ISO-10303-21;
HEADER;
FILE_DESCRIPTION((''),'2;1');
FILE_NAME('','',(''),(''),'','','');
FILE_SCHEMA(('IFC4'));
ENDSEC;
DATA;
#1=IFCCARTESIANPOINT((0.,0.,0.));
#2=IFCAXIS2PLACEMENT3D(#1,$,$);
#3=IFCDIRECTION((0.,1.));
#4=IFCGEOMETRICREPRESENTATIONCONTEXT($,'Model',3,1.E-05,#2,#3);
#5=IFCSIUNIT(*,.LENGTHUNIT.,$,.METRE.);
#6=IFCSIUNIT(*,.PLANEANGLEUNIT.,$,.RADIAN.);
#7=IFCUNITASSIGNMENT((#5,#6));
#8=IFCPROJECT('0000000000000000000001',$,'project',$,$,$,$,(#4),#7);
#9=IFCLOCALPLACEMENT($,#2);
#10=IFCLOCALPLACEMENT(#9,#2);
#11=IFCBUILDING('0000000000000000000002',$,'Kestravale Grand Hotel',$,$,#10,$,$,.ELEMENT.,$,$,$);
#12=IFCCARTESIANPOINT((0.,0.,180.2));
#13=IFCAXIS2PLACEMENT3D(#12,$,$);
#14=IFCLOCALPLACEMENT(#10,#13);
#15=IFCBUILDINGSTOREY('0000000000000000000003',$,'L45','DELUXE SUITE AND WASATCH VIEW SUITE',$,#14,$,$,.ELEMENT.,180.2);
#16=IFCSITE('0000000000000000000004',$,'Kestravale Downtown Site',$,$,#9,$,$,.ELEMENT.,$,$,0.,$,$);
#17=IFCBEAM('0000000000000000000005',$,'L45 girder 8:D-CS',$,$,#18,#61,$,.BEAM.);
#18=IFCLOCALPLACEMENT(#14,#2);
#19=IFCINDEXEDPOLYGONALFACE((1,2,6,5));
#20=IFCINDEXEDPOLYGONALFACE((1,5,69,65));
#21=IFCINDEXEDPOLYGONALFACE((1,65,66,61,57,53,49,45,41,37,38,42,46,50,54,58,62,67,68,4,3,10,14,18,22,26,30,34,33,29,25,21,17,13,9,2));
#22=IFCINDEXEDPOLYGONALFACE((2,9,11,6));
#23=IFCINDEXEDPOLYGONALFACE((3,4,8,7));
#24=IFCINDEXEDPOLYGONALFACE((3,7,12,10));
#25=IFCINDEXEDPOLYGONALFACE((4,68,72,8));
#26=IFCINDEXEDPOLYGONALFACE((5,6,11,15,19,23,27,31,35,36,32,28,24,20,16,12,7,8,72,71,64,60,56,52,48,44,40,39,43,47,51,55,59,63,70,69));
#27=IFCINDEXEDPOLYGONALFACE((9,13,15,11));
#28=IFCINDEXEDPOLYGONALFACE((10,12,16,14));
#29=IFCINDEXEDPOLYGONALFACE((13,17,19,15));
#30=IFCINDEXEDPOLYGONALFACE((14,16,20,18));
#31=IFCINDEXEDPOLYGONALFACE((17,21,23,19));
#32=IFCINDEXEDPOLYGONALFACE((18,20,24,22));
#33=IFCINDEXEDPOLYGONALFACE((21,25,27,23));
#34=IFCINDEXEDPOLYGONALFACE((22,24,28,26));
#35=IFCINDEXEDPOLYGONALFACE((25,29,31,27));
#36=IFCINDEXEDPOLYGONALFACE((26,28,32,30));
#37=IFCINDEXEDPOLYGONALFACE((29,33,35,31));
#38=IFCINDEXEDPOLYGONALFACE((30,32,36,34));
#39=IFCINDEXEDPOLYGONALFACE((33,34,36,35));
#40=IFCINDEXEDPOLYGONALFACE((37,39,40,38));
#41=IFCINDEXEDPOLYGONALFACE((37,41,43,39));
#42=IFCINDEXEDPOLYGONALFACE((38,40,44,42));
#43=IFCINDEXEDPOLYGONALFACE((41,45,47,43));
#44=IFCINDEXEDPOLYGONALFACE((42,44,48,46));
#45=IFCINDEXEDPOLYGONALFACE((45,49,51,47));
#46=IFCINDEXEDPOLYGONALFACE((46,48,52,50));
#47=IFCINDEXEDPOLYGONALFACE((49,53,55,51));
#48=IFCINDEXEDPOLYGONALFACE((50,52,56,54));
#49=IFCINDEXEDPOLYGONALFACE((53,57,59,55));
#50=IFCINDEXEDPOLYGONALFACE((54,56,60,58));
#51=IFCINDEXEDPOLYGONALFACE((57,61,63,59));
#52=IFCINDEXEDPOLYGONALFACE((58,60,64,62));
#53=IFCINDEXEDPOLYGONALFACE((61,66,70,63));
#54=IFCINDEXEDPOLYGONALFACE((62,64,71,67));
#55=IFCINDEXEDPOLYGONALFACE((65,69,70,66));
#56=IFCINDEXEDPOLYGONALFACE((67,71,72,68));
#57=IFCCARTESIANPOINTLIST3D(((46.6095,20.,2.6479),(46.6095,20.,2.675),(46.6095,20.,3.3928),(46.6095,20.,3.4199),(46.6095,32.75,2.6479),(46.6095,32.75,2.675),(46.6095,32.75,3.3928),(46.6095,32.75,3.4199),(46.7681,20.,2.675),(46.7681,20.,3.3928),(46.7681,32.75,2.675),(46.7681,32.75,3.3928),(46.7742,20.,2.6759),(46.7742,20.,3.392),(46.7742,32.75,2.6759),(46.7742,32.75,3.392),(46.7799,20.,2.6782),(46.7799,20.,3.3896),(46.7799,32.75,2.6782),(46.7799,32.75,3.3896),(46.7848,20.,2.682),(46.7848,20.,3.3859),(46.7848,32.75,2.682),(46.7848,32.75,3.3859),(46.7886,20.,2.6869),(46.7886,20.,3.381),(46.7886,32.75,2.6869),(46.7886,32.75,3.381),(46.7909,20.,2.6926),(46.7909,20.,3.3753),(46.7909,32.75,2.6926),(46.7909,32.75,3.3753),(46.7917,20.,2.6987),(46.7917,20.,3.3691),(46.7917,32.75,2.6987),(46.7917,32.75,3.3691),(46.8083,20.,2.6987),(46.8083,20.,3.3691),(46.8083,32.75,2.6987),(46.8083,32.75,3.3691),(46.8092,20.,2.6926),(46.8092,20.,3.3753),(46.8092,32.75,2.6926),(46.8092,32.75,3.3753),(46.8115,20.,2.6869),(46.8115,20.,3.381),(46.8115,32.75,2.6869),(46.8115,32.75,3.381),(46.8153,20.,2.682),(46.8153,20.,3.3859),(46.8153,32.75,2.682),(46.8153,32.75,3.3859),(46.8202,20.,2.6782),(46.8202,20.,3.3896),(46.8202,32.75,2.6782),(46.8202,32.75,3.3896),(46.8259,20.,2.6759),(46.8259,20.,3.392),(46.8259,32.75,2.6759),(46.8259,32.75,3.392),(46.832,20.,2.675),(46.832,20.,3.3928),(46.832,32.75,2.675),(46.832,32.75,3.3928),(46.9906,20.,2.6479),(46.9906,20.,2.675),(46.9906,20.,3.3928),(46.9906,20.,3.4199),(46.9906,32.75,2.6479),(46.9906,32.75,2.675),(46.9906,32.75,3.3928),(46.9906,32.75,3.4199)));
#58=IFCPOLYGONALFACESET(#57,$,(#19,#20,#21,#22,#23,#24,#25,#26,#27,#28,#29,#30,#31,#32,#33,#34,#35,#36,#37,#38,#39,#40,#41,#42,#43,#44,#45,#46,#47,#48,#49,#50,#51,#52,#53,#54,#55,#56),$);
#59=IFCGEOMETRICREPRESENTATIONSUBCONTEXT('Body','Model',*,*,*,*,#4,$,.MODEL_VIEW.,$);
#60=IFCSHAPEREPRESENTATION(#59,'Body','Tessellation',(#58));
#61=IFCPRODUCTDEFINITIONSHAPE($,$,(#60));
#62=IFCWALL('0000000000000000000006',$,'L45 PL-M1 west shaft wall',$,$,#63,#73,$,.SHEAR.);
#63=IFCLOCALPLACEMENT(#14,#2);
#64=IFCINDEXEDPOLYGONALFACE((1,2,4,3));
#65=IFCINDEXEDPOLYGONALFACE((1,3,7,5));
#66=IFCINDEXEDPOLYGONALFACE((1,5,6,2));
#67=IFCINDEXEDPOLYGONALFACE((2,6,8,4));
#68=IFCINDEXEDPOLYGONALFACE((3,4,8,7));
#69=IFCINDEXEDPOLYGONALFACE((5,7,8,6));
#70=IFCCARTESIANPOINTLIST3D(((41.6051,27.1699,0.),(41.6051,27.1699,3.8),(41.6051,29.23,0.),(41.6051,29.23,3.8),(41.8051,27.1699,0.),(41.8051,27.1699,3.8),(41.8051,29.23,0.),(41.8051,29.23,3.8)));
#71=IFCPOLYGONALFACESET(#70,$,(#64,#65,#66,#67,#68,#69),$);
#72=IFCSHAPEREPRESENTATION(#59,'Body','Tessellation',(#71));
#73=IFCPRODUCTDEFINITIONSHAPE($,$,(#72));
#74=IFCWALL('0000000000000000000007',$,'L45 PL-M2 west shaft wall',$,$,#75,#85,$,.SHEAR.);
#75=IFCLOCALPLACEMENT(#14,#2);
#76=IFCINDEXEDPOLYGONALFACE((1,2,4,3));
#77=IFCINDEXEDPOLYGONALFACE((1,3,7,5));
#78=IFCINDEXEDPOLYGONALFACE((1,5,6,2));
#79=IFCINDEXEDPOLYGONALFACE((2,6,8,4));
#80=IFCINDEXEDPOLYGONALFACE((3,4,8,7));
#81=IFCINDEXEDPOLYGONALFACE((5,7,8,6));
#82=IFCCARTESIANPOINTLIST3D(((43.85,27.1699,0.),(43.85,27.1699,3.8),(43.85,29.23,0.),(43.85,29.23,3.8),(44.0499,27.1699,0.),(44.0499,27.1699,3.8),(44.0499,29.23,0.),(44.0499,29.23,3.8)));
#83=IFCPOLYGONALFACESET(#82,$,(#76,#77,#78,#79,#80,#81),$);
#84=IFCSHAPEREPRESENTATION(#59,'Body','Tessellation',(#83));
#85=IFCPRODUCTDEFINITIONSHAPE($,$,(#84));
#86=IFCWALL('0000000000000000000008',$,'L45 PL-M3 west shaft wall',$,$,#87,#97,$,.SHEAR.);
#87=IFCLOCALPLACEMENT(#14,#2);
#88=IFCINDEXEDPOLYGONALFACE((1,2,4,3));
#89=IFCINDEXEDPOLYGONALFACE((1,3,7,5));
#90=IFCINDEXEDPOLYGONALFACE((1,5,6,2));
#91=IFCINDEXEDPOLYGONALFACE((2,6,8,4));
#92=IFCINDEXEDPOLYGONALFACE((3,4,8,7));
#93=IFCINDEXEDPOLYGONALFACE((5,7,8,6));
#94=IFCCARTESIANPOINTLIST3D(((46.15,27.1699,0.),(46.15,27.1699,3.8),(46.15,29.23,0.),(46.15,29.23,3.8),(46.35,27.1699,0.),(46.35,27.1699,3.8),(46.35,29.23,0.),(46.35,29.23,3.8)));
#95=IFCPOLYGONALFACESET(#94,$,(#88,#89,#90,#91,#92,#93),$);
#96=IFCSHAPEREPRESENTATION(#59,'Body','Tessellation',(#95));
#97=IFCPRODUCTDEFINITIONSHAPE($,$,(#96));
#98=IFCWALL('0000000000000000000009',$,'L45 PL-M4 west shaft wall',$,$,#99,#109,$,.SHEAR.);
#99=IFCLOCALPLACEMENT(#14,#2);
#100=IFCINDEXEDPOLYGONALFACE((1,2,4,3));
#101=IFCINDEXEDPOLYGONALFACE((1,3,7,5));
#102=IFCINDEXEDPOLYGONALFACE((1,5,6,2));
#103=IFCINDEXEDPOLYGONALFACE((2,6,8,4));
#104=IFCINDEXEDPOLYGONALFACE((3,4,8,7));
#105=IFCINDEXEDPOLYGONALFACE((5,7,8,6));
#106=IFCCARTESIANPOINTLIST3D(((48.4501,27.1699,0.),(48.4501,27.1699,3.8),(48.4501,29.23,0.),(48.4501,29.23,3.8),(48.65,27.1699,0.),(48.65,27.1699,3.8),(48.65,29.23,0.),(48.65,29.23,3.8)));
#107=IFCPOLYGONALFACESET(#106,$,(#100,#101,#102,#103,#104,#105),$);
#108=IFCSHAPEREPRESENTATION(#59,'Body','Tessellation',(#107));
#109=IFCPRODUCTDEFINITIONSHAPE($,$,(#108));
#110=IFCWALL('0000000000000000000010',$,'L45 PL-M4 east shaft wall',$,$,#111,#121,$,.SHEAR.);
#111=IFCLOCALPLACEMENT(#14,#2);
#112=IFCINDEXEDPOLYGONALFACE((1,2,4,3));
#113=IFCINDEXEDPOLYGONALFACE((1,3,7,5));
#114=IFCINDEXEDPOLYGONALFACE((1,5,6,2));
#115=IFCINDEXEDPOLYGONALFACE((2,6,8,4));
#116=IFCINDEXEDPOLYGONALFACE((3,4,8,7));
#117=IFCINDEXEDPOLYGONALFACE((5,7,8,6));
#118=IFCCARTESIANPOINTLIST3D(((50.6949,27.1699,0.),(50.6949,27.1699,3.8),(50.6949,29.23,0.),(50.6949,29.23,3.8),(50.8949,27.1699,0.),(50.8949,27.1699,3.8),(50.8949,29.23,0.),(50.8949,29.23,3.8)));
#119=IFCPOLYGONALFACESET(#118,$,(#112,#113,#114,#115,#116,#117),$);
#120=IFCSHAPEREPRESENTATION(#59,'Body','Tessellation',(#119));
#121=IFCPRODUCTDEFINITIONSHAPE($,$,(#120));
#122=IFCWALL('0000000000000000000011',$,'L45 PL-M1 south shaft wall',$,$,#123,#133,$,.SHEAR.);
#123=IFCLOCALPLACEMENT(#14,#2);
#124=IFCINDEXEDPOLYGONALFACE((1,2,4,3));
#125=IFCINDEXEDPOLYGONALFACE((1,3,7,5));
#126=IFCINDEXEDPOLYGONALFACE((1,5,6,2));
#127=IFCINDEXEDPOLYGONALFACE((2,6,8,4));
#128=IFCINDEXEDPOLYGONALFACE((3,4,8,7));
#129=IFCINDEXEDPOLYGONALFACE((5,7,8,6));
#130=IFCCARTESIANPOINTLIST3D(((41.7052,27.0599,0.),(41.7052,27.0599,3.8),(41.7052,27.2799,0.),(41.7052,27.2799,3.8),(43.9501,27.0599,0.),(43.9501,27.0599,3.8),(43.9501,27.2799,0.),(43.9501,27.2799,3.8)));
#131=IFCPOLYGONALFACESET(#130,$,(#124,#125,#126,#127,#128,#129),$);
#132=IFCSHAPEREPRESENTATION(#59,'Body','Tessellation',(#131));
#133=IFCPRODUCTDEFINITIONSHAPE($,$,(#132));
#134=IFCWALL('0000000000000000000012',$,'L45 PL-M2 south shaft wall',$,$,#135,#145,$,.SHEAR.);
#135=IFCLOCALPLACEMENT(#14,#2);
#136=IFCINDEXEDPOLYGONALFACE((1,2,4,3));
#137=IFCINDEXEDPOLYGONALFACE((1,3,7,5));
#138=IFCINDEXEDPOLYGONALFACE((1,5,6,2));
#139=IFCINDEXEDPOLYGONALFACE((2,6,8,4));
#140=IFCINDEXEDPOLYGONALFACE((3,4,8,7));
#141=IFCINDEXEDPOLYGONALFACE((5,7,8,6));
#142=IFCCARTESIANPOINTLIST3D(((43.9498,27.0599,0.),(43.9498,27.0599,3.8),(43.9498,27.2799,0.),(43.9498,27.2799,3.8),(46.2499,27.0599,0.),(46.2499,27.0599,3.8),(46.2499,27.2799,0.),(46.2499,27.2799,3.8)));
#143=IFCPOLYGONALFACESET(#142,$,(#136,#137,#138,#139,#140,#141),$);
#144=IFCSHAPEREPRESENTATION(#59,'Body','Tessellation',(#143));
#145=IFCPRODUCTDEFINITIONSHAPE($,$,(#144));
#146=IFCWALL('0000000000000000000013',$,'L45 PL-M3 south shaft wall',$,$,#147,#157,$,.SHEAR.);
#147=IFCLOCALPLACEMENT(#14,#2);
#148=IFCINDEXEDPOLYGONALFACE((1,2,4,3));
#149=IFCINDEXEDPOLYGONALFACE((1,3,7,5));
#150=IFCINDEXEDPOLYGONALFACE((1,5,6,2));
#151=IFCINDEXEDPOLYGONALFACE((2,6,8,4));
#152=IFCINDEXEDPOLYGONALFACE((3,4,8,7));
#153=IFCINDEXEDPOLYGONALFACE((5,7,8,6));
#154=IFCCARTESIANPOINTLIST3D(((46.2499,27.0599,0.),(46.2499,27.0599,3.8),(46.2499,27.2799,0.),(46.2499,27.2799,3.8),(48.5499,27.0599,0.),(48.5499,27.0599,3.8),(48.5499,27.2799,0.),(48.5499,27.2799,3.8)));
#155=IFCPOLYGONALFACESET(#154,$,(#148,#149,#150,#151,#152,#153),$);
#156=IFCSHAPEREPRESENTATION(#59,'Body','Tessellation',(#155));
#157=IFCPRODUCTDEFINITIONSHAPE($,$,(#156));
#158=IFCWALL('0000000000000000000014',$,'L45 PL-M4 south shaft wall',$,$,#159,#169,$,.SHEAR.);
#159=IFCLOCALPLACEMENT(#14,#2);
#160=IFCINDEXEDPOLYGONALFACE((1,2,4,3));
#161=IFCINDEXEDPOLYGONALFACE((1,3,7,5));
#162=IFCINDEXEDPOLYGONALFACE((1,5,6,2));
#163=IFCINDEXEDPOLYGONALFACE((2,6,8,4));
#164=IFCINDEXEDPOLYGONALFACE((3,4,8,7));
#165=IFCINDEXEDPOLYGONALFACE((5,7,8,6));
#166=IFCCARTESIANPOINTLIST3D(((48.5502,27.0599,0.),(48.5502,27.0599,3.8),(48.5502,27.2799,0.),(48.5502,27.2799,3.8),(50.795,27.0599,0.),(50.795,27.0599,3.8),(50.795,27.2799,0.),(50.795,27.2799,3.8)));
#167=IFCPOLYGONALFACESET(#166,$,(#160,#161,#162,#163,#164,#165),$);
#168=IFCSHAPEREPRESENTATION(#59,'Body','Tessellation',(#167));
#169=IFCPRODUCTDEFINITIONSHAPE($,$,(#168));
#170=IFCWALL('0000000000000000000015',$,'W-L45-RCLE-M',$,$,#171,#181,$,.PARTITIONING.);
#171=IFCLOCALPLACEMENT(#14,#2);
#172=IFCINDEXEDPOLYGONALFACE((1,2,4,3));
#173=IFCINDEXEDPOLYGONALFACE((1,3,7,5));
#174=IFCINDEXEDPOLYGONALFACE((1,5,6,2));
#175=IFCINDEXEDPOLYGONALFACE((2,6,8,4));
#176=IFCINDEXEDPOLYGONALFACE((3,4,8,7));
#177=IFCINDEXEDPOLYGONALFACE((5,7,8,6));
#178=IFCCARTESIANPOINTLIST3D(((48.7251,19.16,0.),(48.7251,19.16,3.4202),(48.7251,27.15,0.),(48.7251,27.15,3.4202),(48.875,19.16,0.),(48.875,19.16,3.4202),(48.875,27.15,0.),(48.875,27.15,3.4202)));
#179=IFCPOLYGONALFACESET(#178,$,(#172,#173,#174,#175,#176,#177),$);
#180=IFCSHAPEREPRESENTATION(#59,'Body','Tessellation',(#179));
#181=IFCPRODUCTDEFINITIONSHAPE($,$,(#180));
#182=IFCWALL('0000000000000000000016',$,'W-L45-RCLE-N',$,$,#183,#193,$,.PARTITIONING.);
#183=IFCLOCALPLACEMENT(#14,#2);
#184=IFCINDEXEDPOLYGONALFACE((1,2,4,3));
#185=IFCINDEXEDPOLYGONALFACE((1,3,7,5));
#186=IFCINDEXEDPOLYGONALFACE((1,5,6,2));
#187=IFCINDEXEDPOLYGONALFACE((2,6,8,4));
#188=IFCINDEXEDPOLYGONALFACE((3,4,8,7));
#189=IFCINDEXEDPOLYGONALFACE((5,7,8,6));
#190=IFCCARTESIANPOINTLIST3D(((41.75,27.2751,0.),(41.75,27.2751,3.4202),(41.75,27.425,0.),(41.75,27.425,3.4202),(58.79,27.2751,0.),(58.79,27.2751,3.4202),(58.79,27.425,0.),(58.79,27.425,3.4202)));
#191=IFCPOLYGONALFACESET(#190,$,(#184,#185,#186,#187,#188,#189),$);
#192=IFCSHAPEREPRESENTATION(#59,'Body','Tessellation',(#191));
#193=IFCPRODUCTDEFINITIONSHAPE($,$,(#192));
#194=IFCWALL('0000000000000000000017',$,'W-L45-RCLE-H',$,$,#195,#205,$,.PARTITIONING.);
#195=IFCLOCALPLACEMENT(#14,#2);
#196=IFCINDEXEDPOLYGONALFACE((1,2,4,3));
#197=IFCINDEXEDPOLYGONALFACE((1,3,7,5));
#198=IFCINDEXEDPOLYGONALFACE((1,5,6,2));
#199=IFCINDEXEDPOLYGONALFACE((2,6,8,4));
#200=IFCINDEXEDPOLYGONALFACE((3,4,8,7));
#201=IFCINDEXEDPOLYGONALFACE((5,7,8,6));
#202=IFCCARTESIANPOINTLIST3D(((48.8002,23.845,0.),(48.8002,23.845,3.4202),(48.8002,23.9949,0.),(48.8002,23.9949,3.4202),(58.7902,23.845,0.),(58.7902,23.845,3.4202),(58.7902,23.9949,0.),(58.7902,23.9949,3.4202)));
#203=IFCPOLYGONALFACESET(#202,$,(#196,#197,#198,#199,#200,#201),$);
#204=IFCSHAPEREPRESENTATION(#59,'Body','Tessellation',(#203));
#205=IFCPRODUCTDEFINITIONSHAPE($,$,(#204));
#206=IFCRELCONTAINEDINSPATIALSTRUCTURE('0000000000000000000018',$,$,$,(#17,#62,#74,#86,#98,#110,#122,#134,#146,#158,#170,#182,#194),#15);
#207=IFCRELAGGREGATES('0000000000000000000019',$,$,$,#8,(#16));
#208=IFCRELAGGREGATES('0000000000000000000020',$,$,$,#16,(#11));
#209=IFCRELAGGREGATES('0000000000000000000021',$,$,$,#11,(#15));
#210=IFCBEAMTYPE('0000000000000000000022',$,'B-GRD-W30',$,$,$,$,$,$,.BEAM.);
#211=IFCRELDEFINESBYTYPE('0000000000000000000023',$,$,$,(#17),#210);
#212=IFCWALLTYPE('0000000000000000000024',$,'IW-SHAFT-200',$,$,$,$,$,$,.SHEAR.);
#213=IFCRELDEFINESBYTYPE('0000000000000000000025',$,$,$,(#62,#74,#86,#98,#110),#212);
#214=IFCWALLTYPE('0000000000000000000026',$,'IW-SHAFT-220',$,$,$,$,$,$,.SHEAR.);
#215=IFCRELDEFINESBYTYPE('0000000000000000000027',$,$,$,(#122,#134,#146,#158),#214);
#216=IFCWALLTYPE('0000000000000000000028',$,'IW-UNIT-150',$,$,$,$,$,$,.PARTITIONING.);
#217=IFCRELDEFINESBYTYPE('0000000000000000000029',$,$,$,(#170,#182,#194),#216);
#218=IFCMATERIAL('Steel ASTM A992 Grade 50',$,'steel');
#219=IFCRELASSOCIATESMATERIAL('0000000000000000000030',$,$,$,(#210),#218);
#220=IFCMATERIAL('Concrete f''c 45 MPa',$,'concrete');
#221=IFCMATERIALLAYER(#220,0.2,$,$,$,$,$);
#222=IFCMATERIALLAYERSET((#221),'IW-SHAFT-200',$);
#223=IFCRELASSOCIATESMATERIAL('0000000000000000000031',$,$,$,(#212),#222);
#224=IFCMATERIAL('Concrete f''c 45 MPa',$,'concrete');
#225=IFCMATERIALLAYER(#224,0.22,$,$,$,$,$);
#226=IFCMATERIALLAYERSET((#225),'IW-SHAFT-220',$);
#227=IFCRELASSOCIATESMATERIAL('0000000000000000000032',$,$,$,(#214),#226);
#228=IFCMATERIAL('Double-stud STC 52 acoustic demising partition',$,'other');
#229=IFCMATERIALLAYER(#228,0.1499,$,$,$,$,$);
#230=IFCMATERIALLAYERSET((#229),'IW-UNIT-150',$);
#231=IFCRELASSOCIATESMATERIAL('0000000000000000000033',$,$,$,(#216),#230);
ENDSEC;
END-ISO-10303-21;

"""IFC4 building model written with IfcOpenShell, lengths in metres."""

from ifc_helpers import new_model, si_unit, direction, frame, frame_2d, origin, origin_2d, place, context, subcontext, project, spatial, rectangle, i_section, extrude, material, layer, layer_set, material_profile, profile_set, type_object, element, save


model = new_model("IFC4")

# Units and contexts
model_context = context("Model", 3, precision=1e-05, world=origin(), true_north=direction((0.0, 1.0)))
body_context = subcontext(model_context, "Body", "Model", "MODEL_VIEW")
ifc_project = project(units=[si_unit("LENGTHUNIT", "METRE"), si_unit("PLANEANGLEUNIT", "RADIAN")], contexts=[model_context])

# Site, building, storey
site_placement = place(None, origin())
site = spatial("IfcSite", under=ifc_project, at=site_placement, Name="Kestravale Downtown Site", CompositionType="ELEMENT", RefElevation=0.0)
building_placement = place(site_placement, origin())
building = spatial("IfcBuilding", under=site, at=building_placement, Name="Kestravale Grand Hotel", CompositionType="ELEMENT")
storey_placement = place(building_placement, frame((0.0, 0.0, 180.2)))
storey = spatial("IfcBuildingStorey", under=building, at=storey_placement, Name="L45", Description="DELUXE SUITE AND WASATCH VIEW SUITE", CompositionType="ELEMENT", Elevation=180.2)

# Beam
ifc_material_1 = material(Name="Steel ASTM A992 Grade 50", Category="steel")
ifc_material_profile_1 = material_profile(ifc_material_1, i_section(OverallWidth=0.3811, OverallDepth=0.772, WebThickness=0.0166, FlangeThickness=0.0271, FilletRadius=0.0237, at=origin_2d()))
ifc_profile_set_1 = profile_set([ifc_material_profile_1], Name="Steel ASTM A992 Grade 50")
beam_type = type_object("IfcBeamType", Name="B-GRD-W30", PredefinedType="BEAM", material=ifc_profile_set_1)
beam_1_placement = place(storey_placement, frame((46.8, 20.0, 3.0339), z_axis=(0.0, 1.0, 0.0), x_axis=(-1.0, 0.0, 0.0)))
element("IfcBeam", 1, at=beam_1_placement, inside=storey, type_object=beam_type, Name="L45 girder 8:D-CS", PredefinedType="BEAM", context=body_context, shape_type="SweptSolid", body=[
    extrude(i_section(OverallWidth=0.3811, OverallDepth=0.772, WebThickness=0.0166, FlangeThickness=0.0271, FilletRadius=0.0237, at=origin_2d()), origin(), (0.0, 0.0, 1.0), 12.75),
])

# Walls
ifc_material_2 = material(Name="Concrete f'c 45 MPa", Category="concrete")
ifc_layer_1 = layer(ifc_material_2, 0.2)
ifc_layer_set_1 = layer_set([ifc_layer_1], Name="IW-SHAFT-200")
wall_type_1 = type_object("IfcWallType", Name="IW-SHAFT-200", PredefinedType="SHEAR", material=ifc_layer_set_1)
for number, where, z_axis, x_axis, name in (
    (2, (41.7051, 27.1699, 0.0), (0.0, 0.0, 1.0), (0.0, 1.0, 0.0), "L45 PL-M1 west shaft wall"),
    (3, (43.95, 27.1699, 0.0), (0.0, 0.0, 1.0), (0.0, 1.0, 0.0), "L45 PL-M2 west shaft wall"),
    (4, (46.25, 27.1699, 0.0), (0.0, 0.0, 1.0), (0.0, 1.0, 0.0), "L45 PL-M3 west shaft wall"),
    (5, (48.55, 27.1699, 0.0), (0.0, 0.0, 1.0), (0.0, 1.0, 0.0), "L45 PL-M4 west shaft wall"),
    (6, (50.7949, 27.1699, 0.0), (0.0, 0.0, 1.0), (0.0, 1.0, 0.0), "L45 PL-M4 east shaft wall"),
):
    element("IfcWall", number, at=place(storey_placement, frame(where, z_axis=z_axis, x_axis=x_axis)), inside=storey, type_object=wall_type_1, Name=name, PredefinedType="SHEAR", context=body_context, shape_type="SweptSolid", body=[
        extrude(rectangle(XDim=2.0601, YDim=0.2, at=frame_2d((1.03, 0.0))), origin(), (0.0, 0.0, 1.0), 3.8),
    ])

# Shared definitions
ifc_material_3 = material(Name="Concrete f'c 45 MPa", Category="concrete")
ifc_layer_2 = layer(ifc_material_3, 0.22)
ifc_layer_set_2 = layer_set([ifc_layer_2], Name="IW-SHAFT-220")
wall_type_2 = type_object("IfcWallType", Name="IW-SHAFT-220", PredefinedType="SHEAR", material=ifc_layer_set_2)

# Walls
wall_1_placement = place(storey_placement, frame((41.7051, 27.1699, 0.0), z_axis=(0.0, 0.0, 1.0), x_axis=(1.0, 0.0, 0.0)))
element("IfcWall", 7, at=wall_1_placement, inside=storey, type_object=wall_type_2, Name="L45 PL-M1 south shaft wall", PredefinedType="SHEAR", context=body_context, shape_type="SweptSolid", body=[
    extrude(rectangle(XDim=2.2449, YDim=0.22, at=frame_2d((1.1226, 0.0))), origin(), (0.0, 0.0, 1.0), 3.8),
])
for number, where, z_axis, x_axis, name in (
    (8, (43.95, 27.1699, 0.0), (0.0, 0.0, 1.0), (1.0, 0.0, 0.0), "L45 PL-M2 south shaft wall"),
    (9, (46.25, 27.1699, 0.0), (0.0, 0.0, 1.0), (1.0, 0.0, 0.0), "L45 PL-M3 south shaft wall"),
):
    element("IfcWall", number, at=place(storey_placement, frame(where, z_axis=z_axis, x_axis=x_axis)), inside=storey, type_object=wall_type_2, Name=name, PredefinedType="SHEAR", context=body_context, shape_type="SweptSolid", body=[
        extrude(rectangle(XDim=2.3, YDim=0.22, at=frame_2d((1.1499, 0.0))), origin(), (0.0, 0.0, 1.0), 3.8),
    ])
wall_2_placement = place(storey_placement, frame((48.55, 27.1699, 0.0), z_axis=(0.0, 0.0, 1.0), x_axis=(1.0, 0.0, 0.0)))
element("IfcWall", 10, at=wall_2_placement, inside=storey, type_object=wall_type_2, Name="L45 PL-M4 south shaft wall", PredefinedType="SHEAR", context=body_context, shape_type="SweptSolid", body=[
    extrude(rectangle(XDim=2.2449, YDim=0.22, at=frame_2d((1.1226, 0.0))), origin(), (0.0, 0.0, 1.0), 3.8),
])
ifc_material_4 = material(Name="Double-stud STC 52 acoustic demising partition", Category="other")
ifc_layer_3 = layer(ifc_material_4, 0.1499)
ifc_layer_set_3 = layer_set([ifc_layer_3], Name="IW-UNIT-150")
wall_type_3 = type_object("IfcWallType", Name="IW-UNIT-150", PredefinedType="PARTITIONING", material=ifc_layer_set_3)
wall_3_placement = place(storey_placement, frame((48.8, 19.1599, 0.0), z_axis=(0.0, 0.0, 1.0), x_axis=(0.0, 1.0, 0.0)))
element("IfcWall", 11, at=wall_3_placement, inside=storey, type_object=wall_type_3, Name="W-L45-RCLE-M", PredefinedType="PARTITIONING", context=body_context, shape_type="SweptSolid", body=[
    extrude(rectangle(XDim=7.99, YDim=0.1499, at=frame_2d((3.9951, 0.0))), origin(), (0.0, 0.0, 1.0), 3.4202),
])
wall_4_placement = place(storey_placement, frame((41.75, 27.3501, 0.0), z_axis=(0.0, 0.0, 1.0), x_axis=(1.0, 0.0, 0.0)))
element("IfcWall", 12, at=wall_4_placement, inside=storey, type_object=wall_type_3, Name="W-L45-RCLE-N", PredefinedType="PARTITIONING", context=body_context, shape_type="SweptSolid", body=[
    extrude(rectangle(XDim=17.04, YDim=0.1499, at=frame_2d((8.52, 0.0))), origin(), (0.0, 0.0, 1.0), 3.4202),
])
wall_5_placement = place(storey_placement, frame((48.8, 23.9199, 0.0), z_axis=(0.0, 0.0, 1.0), x_axis=(1.0, 0.0, 0.0)))
element("IfcWall", 13, at=wall_5_placement, inside=storey, type_object=wall_type_3, Name="W-L45-RCLE-H", PredefinedType="PARTITIONING", context=body_context, shape_type="SweptSolid", body=[
    extrude(rectangle(XDim=9.99, YDim=0.1499, at=frame_2d((4.9951, 0.0))), origin(), (0.0, 0.0, 1.0), 3.4202),
])

save(model, "model.ifc")
